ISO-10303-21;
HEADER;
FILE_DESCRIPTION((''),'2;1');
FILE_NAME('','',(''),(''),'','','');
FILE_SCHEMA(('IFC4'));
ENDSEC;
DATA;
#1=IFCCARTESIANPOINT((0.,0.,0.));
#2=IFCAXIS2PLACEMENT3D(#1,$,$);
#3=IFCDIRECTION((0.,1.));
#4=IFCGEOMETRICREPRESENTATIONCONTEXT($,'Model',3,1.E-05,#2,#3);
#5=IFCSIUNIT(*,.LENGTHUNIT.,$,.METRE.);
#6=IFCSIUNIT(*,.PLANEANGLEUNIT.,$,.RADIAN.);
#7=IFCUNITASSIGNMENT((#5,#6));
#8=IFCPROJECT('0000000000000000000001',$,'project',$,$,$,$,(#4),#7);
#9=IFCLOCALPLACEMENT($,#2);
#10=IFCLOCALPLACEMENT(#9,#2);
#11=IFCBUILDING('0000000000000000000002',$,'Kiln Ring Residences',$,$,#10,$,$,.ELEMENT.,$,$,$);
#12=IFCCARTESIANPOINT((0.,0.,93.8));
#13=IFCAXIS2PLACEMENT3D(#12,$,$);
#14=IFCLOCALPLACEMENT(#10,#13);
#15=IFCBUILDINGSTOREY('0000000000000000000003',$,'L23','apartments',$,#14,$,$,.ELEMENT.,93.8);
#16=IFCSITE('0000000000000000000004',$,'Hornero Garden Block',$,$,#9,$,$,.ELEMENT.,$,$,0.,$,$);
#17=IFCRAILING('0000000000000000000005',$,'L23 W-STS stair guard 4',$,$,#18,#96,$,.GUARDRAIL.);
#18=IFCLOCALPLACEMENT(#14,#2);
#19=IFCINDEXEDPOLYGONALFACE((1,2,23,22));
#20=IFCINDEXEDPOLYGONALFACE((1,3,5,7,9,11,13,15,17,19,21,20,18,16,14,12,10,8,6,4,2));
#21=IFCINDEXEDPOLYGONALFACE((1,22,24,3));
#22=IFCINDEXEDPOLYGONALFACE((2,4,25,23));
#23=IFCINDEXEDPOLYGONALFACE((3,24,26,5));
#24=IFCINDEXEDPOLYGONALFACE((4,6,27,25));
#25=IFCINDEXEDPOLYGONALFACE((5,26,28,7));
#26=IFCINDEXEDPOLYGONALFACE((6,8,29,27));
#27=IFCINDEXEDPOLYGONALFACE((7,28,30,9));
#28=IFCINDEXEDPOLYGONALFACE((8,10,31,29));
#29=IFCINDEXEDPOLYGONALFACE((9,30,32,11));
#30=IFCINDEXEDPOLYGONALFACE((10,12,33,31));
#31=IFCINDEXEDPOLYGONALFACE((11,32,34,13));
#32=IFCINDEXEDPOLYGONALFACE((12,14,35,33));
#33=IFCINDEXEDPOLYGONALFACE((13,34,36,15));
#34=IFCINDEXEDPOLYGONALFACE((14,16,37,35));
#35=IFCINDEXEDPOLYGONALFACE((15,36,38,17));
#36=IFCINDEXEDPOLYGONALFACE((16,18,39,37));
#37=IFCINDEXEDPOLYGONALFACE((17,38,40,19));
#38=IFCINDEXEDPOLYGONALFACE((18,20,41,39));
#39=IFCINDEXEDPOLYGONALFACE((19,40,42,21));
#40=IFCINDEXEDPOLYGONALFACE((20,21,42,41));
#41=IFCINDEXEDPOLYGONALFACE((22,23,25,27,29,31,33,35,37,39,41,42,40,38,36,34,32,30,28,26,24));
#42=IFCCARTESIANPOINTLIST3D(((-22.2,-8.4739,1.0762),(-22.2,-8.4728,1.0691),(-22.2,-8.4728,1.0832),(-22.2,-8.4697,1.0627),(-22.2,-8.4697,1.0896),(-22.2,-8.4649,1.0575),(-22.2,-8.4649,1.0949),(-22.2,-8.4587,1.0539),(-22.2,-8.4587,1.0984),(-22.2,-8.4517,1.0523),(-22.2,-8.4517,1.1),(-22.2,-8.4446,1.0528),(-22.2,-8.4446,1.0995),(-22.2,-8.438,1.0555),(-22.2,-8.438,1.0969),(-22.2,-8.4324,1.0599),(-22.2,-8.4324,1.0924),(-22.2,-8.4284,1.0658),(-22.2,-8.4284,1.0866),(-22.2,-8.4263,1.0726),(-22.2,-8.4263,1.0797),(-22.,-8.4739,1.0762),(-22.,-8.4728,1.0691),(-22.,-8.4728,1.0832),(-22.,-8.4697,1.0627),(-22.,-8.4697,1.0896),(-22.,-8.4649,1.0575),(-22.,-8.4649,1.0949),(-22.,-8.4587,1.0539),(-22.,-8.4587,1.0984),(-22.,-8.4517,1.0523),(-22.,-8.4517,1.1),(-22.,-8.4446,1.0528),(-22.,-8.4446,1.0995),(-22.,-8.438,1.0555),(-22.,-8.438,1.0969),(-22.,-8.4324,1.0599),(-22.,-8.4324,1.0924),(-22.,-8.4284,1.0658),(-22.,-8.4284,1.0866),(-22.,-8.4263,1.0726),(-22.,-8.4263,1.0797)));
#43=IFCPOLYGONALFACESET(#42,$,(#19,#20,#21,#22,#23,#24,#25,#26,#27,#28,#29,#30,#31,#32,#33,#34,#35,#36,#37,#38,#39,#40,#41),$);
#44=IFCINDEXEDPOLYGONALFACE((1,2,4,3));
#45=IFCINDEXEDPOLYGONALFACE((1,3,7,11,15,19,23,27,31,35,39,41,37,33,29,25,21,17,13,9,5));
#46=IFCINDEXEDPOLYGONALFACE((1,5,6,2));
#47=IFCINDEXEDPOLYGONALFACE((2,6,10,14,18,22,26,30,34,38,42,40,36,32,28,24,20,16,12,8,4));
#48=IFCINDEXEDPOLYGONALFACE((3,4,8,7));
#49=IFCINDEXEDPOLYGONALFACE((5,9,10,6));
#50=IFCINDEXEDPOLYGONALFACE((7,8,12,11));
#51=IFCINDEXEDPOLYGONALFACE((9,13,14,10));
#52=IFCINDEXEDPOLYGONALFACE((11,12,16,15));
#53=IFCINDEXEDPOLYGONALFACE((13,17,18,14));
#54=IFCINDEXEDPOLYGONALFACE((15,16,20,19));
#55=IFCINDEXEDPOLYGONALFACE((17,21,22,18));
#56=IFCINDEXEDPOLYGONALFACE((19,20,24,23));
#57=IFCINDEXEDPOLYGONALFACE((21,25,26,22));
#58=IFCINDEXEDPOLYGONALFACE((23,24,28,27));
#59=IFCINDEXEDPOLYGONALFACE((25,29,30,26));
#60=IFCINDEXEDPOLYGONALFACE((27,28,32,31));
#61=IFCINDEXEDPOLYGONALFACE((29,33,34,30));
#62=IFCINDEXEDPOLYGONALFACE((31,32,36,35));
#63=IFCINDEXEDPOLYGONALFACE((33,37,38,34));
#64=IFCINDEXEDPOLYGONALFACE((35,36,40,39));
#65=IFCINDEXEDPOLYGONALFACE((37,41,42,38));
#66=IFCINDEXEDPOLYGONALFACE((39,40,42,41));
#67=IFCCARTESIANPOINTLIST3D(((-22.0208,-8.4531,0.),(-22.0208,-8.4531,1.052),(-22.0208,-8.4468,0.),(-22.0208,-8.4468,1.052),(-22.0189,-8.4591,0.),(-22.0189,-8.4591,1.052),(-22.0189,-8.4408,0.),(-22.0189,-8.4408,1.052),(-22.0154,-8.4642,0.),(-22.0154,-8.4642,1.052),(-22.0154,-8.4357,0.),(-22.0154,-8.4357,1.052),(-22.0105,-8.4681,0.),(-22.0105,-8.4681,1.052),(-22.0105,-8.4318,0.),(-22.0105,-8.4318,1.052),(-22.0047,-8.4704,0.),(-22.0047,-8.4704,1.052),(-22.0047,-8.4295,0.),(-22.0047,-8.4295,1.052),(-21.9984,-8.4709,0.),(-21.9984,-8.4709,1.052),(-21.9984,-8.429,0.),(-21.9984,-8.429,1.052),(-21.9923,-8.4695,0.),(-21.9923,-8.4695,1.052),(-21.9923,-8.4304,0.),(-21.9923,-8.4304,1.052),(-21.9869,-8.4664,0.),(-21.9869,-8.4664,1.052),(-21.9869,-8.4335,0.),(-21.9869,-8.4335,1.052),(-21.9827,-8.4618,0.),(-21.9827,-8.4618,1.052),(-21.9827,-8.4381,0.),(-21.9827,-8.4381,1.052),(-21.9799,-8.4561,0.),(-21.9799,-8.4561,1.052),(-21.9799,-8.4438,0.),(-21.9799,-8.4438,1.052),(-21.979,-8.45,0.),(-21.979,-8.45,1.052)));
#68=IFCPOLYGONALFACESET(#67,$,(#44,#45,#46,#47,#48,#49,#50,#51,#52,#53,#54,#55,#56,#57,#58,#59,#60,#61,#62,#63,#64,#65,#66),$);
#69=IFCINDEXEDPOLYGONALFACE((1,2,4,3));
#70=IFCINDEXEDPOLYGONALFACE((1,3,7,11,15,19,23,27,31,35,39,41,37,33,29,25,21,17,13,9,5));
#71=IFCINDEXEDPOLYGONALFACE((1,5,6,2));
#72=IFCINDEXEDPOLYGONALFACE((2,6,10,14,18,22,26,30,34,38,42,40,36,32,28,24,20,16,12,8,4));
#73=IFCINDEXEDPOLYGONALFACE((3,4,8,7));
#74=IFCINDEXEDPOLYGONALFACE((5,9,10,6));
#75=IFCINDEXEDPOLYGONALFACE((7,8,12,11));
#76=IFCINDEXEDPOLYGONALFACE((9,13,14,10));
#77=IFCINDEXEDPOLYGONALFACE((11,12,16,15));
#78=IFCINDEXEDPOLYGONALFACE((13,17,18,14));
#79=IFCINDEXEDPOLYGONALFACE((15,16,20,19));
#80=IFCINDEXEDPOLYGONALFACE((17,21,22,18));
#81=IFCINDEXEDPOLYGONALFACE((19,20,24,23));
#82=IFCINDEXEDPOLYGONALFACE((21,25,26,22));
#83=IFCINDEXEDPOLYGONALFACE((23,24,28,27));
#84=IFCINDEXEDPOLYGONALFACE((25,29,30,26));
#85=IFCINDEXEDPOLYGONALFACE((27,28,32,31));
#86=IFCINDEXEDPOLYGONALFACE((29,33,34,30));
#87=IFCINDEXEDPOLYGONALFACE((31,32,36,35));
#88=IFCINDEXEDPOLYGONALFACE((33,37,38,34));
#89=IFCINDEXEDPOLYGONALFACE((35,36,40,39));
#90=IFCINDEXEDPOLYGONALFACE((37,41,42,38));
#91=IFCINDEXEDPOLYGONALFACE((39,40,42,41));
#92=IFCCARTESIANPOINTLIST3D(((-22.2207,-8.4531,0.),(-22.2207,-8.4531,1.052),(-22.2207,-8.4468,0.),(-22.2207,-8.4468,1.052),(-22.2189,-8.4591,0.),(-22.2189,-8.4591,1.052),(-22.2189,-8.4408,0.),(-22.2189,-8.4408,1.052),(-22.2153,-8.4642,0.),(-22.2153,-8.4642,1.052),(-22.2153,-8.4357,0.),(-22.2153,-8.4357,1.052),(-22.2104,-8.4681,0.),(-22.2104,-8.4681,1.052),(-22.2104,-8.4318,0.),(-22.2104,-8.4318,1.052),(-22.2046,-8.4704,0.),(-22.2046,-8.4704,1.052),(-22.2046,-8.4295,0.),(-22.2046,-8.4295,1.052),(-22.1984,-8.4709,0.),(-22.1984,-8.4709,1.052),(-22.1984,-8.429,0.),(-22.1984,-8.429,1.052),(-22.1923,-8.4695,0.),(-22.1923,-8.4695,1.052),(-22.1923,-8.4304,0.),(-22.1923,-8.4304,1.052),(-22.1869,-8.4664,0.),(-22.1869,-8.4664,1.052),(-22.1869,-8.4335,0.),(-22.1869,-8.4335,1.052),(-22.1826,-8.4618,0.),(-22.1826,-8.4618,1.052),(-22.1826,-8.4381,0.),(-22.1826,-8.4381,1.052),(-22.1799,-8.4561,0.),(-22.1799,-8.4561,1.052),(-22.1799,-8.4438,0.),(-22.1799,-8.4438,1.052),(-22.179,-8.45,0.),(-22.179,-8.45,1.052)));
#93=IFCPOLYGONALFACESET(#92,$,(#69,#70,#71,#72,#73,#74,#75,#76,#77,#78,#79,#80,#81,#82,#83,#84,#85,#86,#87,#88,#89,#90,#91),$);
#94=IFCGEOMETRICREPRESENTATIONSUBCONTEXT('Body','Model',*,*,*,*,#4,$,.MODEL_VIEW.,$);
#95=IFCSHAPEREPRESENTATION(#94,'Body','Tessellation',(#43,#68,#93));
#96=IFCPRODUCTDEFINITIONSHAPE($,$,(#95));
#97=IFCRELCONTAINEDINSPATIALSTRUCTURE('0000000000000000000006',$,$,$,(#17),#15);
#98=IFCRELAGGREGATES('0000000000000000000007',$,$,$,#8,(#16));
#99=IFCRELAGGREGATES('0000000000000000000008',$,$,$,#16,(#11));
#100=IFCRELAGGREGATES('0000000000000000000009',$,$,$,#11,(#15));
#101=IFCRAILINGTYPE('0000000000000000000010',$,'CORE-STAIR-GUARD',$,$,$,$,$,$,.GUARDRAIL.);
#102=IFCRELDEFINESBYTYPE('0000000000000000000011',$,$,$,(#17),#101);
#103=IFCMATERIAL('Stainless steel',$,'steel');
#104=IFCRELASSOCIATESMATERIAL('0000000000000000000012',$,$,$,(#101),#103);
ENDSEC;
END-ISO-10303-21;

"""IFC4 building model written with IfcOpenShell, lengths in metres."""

from ifc_helpers import new_model, si_unit, direction, frame, origin, origin_2d, place, context, subcontext, project, spatial, circle, extrude, material, type_object, element, save


model = new_model("IFC4")

# Units and contexts
model_context = context("Model", 3, precision=1e-05, world=origin(), true_north=direction((0.0, 1.0)))
body_context = subcontext(model_context, "Body", "Model", "MODEL_VIEW")
ifc_project = project(units=[si_unit("LENGTHUNIT", "METRE"), si_unit("PLANEANGLEUNIT", "RADIAN")], contexts=[model_context])

# Site, building, storey
site_placement = place(None, origin())
site = spatial("IfcSite", under=ifc_project, at=site_placement, Name="Hornero Garden Block", CompositionType="ELEMENT", RefElevation=0.0)
building_placement = place(site_placement, origin())
building = spatial("IfcBuilding", under=site, at=building_placement, Name="Kiln Ring Residences", CompositionType="ELEMENT")
storey_placement = place(building_placement, frame((0.0, 0.0, 93.8)))
storey = spatial("IfcBuildingStorey", under=building, at=storey_placement, Name="L23", Description="apartments", CompositionType="ELEMENT", Elevation=93.8)

# Railing
ifc_material_1 = material(Name="Stainless steel", Category="steel")
railing_type_1 = type_object("IfcRailingType", Name="CORE-STAIR-GUARD", PredefinedType="GUARDRAIL", material=ifc_material_1)
railing_1_placement = place(storey_placement, frame((-22.0, -8.45, 0.0)))
element("IfcRailing", 1, at=railing_1_placement, inside=storey, type_object=railing_type_1, Name="L23 W-STS stair guard 4", PredefinedType="GUARDRAIL", context=body_context, shape_type="SweptSolid", body=[
    extrude(circle(Radius=0.0239, at=origin_2d()), frame((0.0, 0.0, 1.0762), z_axis=(-1.0, 0.0, 0.0), x_axis=(0.0, -1.0, 0.0)), (0.0, 0.0, 1.0), 0.2),
    extrude(circle(Radius=0.021, at=origin_2d()), origin(), (0.0, 0.0, 1.0), 1.052),
    extrude(circle(Radius=0.021, at=origin_2d()), frame((-0.2, 0.0, 0.0)), (0.0, 0.0, 1.0), 1.052),
])

save(model, "model.ifc")
